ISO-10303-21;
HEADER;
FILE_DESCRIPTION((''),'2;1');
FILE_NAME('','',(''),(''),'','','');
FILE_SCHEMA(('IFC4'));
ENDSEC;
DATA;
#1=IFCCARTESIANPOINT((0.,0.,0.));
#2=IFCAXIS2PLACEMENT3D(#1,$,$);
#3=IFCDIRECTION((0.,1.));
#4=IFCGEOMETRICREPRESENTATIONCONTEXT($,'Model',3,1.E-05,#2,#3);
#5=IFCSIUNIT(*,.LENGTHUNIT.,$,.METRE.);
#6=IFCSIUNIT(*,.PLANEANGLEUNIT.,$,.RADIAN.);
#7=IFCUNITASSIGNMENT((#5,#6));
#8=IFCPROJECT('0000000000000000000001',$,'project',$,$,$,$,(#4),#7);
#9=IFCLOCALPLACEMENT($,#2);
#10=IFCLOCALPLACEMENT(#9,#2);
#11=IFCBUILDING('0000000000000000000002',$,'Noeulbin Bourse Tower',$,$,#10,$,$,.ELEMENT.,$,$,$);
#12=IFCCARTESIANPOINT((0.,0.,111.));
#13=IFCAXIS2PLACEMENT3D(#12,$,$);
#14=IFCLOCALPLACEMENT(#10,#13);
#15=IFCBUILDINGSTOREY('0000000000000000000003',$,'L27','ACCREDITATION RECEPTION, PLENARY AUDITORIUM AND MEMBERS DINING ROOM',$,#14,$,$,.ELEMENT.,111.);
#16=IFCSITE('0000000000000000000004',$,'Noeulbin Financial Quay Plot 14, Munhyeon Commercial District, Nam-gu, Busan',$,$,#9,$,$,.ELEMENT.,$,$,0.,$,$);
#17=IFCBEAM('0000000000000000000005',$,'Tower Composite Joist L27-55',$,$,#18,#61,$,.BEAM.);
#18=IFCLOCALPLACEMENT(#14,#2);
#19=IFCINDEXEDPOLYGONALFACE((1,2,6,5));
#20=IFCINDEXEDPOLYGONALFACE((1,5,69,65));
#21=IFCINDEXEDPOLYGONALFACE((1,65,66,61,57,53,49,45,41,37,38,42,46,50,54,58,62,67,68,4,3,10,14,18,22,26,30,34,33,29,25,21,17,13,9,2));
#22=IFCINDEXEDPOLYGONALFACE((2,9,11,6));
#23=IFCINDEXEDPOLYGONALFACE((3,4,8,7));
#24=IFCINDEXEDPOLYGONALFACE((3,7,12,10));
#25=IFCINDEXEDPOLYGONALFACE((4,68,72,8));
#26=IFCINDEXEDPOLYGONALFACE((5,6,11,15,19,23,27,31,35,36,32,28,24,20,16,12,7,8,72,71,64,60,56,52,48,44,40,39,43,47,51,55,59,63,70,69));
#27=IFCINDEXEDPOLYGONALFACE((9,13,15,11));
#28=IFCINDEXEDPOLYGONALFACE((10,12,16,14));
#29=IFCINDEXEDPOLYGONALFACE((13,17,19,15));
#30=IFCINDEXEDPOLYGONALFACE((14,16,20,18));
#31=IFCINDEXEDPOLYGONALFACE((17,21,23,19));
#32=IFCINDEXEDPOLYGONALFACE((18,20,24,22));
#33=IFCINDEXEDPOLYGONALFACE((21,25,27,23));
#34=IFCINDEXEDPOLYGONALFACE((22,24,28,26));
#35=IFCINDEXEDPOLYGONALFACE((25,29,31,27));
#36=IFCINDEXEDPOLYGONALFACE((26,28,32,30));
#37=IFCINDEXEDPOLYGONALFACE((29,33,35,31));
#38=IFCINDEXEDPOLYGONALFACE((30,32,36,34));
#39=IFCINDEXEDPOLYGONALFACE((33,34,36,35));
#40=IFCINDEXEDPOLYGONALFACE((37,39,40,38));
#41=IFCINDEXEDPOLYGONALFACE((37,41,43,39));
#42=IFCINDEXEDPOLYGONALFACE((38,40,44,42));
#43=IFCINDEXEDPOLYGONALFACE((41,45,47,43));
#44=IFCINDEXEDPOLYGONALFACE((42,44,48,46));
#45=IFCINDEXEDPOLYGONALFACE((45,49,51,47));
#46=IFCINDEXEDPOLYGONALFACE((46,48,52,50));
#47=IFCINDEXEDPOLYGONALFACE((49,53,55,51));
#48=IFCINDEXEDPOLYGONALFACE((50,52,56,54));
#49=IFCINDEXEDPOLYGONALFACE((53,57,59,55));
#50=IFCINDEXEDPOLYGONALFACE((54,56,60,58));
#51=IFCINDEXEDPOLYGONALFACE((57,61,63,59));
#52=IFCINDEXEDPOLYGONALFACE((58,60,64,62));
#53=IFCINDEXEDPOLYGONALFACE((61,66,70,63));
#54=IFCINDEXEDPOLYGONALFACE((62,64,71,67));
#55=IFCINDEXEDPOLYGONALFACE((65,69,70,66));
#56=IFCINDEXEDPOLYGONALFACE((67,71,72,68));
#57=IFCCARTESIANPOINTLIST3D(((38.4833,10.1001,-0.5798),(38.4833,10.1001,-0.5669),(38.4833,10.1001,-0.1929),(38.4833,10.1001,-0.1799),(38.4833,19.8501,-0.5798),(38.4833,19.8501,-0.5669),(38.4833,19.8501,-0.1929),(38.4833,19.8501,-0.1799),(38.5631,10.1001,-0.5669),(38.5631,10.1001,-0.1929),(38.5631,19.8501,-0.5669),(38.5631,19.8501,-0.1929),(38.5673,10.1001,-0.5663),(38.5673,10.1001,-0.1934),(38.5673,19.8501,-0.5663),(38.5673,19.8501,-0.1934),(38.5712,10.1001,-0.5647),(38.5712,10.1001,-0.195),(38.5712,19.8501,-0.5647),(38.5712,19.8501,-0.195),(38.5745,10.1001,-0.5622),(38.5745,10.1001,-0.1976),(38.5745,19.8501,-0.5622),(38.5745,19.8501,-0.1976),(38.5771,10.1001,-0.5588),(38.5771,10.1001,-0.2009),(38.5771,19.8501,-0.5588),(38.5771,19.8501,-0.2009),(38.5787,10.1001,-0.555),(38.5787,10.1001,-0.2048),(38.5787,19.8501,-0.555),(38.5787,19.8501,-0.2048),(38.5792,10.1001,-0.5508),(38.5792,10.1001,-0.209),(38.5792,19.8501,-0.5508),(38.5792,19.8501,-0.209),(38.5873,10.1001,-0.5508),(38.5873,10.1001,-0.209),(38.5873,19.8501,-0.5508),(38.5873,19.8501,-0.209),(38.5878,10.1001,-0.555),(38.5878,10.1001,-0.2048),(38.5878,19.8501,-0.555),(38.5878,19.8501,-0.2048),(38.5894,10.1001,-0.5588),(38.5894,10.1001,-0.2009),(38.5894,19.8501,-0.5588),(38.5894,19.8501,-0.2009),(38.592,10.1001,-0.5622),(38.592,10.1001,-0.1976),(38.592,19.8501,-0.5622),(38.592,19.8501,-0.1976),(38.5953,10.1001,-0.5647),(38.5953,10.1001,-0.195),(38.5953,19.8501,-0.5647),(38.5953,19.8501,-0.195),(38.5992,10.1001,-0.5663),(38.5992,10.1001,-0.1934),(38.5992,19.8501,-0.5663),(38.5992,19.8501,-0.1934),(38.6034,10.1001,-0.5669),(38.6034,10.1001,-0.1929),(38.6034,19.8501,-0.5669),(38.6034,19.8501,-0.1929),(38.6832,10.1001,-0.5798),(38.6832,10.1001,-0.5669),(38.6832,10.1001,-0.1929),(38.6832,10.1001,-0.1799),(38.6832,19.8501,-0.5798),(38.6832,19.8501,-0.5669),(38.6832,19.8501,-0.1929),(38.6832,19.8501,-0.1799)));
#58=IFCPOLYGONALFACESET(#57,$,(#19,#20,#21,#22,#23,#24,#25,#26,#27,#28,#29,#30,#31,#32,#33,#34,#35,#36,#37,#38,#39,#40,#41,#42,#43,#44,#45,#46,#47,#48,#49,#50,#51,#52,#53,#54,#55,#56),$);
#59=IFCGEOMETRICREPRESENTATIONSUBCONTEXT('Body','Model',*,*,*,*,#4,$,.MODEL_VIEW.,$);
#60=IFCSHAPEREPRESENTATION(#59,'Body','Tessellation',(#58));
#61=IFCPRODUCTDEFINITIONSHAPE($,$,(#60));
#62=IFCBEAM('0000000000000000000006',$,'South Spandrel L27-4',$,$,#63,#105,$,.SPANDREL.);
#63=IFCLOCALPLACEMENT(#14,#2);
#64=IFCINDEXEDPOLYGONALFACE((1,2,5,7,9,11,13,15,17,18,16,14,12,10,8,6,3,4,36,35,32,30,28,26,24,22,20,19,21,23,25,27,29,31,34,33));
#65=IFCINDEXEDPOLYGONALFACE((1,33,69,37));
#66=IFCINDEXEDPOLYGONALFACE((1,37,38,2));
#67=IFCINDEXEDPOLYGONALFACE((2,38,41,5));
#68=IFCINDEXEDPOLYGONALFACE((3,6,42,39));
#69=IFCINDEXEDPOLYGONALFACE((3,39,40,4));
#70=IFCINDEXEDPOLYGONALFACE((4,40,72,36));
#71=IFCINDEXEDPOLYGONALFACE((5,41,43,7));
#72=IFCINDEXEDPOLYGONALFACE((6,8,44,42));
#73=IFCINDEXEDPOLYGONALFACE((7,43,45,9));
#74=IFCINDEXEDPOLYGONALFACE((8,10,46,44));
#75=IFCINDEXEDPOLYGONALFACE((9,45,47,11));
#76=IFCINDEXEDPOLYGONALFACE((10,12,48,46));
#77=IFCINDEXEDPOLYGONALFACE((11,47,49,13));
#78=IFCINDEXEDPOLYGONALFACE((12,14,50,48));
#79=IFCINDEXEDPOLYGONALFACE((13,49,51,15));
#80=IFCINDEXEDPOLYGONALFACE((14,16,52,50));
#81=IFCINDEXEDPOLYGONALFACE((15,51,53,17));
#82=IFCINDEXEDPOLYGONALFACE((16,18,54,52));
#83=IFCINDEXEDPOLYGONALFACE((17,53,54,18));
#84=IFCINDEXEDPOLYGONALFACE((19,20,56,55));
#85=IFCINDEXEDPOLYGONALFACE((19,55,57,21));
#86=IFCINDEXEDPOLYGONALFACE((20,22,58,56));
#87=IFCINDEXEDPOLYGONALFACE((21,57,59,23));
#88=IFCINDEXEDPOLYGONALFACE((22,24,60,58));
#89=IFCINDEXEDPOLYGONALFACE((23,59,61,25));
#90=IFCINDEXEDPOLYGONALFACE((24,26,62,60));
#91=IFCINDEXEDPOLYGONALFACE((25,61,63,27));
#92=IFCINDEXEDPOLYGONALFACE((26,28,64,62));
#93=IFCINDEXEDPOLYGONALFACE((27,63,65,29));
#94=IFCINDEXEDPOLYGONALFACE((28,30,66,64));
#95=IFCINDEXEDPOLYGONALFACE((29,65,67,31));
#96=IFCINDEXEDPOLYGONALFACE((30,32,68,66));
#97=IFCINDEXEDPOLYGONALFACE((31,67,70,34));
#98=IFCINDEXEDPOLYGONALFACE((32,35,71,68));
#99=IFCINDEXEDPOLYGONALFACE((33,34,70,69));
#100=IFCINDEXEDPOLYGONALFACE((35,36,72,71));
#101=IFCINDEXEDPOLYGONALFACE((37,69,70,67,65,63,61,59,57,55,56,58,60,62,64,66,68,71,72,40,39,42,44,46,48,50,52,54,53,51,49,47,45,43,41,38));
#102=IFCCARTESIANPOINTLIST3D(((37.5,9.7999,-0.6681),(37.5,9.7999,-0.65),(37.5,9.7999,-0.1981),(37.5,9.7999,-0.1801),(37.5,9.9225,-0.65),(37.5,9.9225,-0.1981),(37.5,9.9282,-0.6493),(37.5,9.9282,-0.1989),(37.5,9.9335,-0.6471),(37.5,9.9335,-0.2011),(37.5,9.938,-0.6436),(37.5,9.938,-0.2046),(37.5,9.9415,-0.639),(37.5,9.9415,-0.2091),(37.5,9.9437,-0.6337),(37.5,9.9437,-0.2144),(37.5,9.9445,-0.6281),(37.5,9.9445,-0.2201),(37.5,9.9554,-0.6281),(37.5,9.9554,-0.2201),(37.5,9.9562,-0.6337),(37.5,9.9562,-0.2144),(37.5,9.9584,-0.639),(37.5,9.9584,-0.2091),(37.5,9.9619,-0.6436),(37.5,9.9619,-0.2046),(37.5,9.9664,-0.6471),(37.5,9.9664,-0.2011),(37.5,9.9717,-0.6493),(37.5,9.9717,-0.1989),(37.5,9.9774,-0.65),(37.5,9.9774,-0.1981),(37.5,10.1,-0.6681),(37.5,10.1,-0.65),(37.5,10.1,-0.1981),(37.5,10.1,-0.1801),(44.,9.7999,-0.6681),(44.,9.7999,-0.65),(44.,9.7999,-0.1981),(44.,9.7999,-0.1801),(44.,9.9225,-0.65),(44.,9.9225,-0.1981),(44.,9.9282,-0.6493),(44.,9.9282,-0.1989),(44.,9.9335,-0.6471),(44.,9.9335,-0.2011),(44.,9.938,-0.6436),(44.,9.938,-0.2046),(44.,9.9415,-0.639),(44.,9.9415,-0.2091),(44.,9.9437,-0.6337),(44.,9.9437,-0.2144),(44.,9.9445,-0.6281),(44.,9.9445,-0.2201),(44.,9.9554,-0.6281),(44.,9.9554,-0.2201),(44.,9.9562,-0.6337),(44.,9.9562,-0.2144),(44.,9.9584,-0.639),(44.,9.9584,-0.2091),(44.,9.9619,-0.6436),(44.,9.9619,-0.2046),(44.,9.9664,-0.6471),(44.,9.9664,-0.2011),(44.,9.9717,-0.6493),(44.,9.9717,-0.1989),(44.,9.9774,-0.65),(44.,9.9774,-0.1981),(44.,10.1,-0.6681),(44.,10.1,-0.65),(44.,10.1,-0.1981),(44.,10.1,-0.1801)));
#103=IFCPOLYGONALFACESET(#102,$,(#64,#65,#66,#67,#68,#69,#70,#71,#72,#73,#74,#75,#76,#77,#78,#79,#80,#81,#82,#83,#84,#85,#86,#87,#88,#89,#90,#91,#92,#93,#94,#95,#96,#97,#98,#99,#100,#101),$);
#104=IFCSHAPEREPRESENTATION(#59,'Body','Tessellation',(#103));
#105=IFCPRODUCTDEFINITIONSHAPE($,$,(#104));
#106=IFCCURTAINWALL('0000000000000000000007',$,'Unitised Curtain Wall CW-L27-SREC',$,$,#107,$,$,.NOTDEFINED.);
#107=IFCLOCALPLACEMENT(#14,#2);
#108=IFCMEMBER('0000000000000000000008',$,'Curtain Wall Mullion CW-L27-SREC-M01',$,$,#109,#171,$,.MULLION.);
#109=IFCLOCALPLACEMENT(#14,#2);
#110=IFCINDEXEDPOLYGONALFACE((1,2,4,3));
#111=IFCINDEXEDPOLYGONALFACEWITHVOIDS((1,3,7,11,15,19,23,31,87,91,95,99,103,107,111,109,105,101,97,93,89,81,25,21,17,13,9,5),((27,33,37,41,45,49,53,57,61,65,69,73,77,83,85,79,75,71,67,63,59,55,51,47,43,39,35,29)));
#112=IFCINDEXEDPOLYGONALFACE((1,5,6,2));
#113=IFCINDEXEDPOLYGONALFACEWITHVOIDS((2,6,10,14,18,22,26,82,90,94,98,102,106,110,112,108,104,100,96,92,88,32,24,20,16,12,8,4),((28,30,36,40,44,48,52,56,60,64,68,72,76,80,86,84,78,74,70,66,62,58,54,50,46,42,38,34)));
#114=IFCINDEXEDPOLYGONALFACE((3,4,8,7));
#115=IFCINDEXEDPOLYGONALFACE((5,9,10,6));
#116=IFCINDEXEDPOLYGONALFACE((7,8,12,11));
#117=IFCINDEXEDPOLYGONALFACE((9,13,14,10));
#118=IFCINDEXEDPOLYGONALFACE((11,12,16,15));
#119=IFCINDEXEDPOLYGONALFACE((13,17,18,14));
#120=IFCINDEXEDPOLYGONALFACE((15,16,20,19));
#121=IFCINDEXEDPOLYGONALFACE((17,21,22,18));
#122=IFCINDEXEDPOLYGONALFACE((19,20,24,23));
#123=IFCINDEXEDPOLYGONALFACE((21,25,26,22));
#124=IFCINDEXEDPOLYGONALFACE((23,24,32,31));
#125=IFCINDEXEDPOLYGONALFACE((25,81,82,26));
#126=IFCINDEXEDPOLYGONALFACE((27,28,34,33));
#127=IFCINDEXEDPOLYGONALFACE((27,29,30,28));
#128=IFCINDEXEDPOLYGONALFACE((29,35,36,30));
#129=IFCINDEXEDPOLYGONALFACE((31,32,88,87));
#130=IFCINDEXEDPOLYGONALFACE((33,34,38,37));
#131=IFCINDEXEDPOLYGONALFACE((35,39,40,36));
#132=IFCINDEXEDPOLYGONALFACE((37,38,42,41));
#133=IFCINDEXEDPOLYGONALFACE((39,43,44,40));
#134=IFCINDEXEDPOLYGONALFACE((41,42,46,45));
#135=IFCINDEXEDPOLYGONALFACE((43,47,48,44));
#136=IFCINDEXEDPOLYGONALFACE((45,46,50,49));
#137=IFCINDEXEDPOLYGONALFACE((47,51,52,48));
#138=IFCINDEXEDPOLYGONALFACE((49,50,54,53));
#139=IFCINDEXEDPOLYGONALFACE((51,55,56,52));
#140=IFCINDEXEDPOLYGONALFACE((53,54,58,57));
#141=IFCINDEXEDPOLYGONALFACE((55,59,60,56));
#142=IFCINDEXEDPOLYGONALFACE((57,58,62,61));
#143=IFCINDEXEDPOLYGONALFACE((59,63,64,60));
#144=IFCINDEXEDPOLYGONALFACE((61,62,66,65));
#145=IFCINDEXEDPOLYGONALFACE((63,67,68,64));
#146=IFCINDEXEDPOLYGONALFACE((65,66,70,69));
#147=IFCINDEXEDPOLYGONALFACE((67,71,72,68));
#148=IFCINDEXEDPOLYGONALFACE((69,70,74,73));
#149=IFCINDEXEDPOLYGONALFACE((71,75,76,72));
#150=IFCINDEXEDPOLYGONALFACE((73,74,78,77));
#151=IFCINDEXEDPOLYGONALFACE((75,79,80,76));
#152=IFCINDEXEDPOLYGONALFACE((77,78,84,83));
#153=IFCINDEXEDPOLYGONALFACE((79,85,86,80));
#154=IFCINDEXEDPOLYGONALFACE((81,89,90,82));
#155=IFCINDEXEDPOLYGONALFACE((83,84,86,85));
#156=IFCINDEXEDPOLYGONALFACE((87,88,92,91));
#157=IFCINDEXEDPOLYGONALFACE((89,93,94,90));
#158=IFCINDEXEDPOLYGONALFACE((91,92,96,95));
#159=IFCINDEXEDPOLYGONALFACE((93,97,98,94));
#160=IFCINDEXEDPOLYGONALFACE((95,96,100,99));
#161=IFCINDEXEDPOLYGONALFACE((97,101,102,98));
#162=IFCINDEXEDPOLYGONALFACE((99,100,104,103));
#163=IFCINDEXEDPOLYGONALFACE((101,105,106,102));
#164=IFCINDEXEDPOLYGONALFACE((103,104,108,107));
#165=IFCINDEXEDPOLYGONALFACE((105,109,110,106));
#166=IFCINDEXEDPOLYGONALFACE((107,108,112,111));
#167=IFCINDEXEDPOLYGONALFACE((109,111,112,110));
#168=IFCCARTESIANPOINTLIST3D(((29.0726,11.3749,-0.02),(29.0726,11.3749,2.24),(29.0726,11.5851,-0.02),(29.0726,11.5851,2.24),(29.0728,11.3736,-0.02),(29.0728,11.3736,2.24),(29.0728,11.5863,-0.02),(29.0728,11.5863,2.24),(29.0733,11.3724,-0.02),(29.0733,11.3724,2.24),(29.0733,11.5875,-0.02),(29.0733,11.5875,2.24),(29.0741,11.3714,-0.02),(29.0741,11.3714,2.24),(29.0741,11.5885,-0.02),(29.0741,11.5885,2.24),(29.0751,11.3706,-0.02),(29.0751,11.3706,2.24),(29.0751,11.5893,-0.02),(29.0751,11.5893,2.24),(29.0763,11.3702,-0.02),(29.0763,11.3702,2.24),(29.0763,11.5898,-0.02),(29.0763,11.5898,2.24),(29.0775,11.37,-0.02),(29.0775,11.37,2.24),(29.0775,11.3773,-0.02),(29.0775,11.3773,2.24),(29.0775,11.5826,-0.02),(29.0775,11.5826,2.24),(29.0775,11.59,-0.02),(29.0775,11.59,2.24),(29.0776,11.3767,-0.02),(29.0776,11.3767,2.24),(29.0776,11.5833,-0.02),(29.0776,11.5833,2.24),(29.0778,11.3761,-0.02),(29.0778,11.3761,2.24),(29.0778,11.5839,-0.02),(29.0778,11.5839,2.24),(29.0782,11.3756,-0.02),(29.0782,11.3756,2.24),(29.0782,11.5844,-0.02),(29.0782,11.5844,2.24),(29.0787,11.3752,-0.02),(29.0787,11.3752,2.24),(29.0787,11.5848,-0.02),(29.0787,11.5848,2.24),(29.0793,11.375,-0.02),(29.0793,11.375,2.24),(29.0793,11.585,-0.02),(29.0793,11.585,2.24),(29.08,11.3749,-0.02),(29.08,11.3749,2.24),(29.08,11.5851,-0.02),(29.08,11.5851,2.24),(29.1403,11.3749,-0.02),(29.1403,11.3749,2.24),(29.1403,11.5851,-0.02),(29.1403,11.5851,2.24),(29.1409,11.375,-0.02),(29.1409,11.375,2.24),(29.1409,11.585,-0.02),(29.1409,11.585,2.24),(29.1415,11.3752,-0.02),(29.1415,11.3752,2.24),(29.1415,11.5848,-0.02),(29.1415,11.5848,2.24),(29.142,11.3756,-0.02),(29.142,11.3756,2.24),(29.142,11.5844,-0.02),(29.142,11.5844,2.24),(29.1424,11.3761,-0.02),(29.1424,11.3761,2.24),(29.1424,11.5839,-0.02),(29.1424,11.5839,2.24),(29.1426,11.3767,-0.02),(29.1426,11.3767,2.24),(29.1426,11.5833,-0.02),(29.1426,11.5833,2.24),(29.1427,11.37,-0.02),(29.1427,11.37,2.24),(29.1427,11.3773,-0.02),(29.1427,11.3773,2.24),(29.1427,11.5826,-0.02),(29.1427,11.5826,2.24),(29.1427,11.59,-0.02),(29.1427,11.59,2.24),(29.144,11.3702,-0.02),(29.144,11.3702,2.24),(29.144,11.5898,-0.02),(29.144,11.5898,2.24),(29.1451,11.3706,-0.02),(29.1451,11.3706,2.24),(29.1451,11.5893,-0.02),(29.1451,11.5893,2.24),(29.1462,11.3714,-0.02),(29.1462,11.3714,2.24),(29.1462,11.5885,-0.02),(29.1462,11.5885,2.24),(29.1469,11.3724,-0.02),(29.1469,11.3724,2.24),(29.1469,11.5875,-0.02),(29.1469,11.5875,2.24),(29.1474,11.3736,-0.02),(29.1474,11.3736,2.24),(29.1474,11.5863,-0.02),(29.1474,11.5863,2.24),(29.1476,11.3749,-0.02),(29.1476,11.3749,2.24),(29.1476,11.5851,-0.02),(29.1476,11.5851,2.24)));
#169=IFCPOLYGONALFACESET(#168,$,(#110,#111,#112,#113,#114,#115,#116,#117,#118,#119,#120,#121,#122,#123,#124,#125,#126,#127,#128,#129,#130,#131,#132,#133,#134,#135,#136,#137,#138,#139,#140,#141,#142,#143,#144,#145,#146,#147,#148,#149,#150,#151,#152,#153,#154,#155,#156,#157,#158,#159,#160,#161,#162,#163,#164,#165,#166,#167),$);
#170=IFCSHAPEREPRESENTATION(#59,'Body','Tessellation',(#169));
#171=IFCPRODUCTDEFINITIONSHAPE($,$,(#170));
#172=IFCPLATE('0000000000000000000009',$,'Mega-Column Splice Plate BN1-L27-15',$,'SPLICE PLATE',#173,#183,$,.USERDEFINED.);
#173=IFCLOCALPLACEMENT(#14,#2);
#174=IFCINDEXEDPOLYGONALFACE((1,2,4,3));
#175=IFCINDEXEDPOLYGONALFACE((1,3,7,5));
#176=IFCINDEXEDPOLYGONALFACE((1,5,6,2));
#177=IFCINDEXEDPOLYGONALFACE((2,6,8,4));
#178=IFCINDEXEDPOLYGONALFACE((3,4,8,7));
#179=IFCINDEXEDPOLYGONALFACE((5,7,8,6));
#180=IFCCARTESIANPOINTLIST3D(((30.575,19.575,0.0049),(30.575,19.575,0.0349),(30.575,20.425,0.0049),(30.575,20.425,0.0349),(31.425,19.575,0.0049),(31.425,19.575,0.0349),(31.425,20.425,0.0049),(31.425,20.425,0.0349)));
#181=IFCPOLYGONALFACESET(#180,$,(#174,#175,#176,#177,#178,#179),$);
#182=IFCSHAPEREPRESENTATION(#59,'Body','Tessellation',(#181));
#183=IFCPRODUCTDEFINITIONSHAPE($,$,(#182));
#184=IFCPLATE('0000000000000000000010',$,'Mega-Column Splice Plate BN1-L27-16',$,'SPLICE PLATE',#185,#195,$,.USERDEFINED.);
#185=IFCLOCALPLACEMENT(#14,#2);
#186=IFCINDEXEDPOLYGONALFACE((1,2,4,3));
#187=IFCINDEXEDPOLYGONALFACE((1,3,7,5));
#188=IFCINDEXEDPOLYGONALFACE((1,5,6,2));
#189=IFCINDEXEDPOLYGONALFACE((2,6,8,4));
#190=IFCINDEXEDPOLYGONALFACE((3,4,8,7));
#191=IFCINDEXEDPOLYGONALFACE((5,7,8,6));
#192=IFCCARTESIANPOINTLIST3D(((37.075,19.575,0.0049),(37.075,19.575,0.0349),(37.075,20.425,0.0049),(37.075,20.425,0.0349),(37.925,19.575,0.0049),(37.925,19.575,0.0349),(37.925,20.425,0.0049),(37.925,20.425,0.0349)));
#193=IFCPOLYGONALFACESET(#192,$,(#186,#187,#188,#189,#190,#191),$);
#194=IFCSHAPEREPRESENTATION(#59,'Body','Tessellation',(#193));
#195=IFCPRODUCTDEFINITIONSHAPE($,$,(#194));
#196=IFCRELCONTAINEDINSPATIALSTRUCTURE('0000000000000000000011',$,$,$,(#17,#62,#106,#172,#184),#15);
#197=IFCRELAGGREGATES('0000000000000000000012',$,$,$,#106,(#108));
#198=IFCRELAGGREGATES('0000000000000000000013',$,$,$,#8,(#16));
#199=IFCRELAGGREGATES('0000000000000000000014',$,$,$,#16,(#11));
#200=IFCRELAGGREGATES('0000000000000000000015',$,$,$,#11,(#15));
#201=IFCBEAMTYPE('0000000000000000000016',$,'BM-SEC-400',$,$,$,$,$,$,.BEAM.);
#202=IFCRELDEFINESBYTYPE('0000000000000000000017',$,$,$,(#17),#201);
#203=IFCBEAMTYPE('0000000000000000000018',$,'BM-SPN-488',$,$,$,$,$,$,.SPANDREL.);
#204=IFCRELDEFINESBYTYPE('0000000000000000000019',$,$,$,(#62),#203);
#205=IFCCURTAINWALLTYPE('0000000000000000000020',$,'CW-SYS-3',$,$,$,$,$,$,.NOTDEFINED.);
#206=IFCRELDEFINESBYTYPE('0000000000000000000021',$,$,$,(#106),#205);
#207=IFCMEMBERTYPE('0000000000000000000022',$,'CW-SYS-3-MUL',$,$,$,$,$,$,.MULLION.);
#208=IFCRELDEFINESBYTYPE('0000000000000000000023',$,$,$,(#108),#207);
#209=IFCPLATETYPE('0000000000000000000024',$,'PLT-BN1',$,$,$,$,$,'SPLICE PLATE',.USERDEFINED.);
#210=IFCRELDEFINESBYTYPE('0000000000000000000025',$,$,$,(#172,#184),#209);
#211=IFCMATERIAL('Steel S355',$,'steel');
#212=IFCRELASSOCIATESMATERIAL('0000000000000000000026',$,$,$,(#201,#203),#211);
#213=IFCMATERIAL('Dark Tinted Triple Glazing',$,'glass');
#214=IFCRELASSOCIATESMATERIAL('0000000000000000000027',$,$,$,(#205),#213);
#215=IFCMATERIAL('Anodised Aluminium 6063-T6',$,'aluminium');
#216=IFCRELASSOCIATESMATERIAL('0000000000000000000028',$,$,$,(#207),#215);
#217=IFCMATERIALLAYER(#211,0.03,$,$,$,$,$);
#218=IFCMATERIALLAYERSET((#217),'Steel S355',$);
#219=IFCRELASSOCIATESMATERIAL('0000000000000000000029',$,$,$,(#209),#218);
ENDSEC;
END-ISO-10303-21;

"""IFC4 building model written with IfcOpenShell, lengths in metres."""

from ifc_helpers import new_model, si_unit, direction, frame, origin, origin_2d, place, context, subcontext, project, spatial, rectangle, hollow_rectangle, i_section, extrude, material, layer, layer_set, material_profile, profile_set, type_object, element, aggregate, save


model = new_model("IFC4")

# Units and contexts
model_context = context("Model", 3, precision=1e-05, world=origin(), true_north=direction((0.0, 1.0)))
body_context = subcontext(model_context, "Body", "Model", "MODEL_VIEW")
ifc_project = project(units=[si_unit("LENGTHUNIT", "METRE"), si_unit("PLANEANGLEUNIT", "RADIAN")], contexts=[model_context])

# Site, building, storey
site_placement = place(None, origin())
site = spatial("IfcSite", under=ifc_project, at=site_placement, Name="Noeulbin Financial Quay Plot 14, Munhyeon Commercial District, Nam-gu, Busan", CompositionType="ELEMENT", RefElevation=0.0)
building_placement = place(site_placement, origin())
building = spatial("IfcBuilding", under=site, at=building_placement, Name="Noeulbin Bourse Tower", CompositionType="ELEMENT")
storey_placement = place(building_placement, frame((0.0, 0.0, 111.0)))
storey = spatial("IfcBuildingStorey", under=building, at=storey_placement, Name="L27", Description="ACCREDITATION RECEPTION, PLENARY AUDITORIUM AND MEMBERS DINING ROOM", CompositionType="ELEMENT", Elevation=111.0)

# Beams
ifc_material_1 = material(Name="Steel S355", Category="steel")
ifc_material_profile_1 = material_profile(ifc_material_1, i_section(OverallWidth=0.2, OverallDepth=0.3999, WebThickness=0.0081, FlangeThickness=0.0129, FilletRadius=0.0161, at=origin_2d()), Name="H-400x200x8x13", Category="LoadBearing")
ifc_profile_set_1 = profile_set([ifc_material_profile_1], Name="Steel S355")
beam_type_1 = type_object("IfcBeamType", Name="BM-SEC-400", PredefinedType="BEAM", material=ifc_profile_set_1)
beam_1_placement = place(storey_placement, frame((38.5833, 10.1001, -0.3799), z_axis=(0.0, 1.0, 0.0), x_axis=(-1.0, 0.0, 0.0)))
element("IfcBeam", 1, at=beam_1_placement, inside=storey, type_object=beam_type_1, Name="Tower Composite Joist L27-55", PredefinedType="BEAM", context=body_context, shape_type="SweptSolid", body=[
    extrude(i_section(OverallWidth=0.2, OverallDepth=0.3999, WebThickness=0.0081, FlangeThickness=0.0129, FilletRadius=0.0161, at=origin_2d()), origin(), (0.0, 0.0, 1.0), 9.75),
])
ifc_material_profile_2 = material_profile(ifc_material_1, i_section(OverallWidth=0.3, OverallDepth=0.488, WebThickness=0.011, FlangeThickness=0.0181, FilletRadius=0.022, at=origin_2d()), Name="H-488x300x11x18", Category="LoadBearing")
ifc_profile_set_2 = profile_set([ifc_material_profile_2], Name="Steel S355")
beam_type_2 = type_object("IfcBeamType", Name="BM-SPN-488", PredefinedType="SPANDREL", material=ifc_profile_set_2)
beam_2_placement = place(storey_placement, frame((37.5, 9.95, -0.4241), z_axis=(1.0, 0.0, 0.0), x_axis=(0.0, 1.0, 0.0)))
element("IfcBeam", 2, at=beam_2_placement, inside=storey, type_object=beam_type_2, Name="South Spandrel L27-4", PredefinedType="SPANDREL", context=body_context, shape_type="SweptSolid", body=[
    extrude(i_section(OverallWidth=0.3, OverallDepth=0.488, WebThickness=0.011, FlangeThickness=0.0181, FilletRadius=0.022, at=origin_2d()), origin(), (0.0, 0.0, 1.0), 6.5),
])

# Curtain wall, member
ifc_material_2 = material(Name="Dark Tinted Triple Glazing", Category="glass")
curtain_wall_type = type_object("IfcCurtainWallType", Name="CW-SYS-3", PredefinedType="NOTDEFINED", material=ifc_material_2)
curtain_wall_placement = place(storey_placement, origin())
curtain_wall = element("IfcCurtainWall", 3, at=curtain_wall_placement, inside=storey, type_object=curtain_wall_type, Name="Unitised Curtain Wall CW-L27-SREC", PredefinedType="NOTDEFINED")
ifc_material_3 = material(Name="Anodised Aluminium 6063-T6", Category="aluminium")
ifc_material_profile_3 = material_profile(ifc_material_3, hollow_rectangle(XDim=0.075, YDim=0.22, WallThickness=0.0049, InnerFilletRadius=0.0024, OuterFilletRadius=0.0049, at=origin_2d()), Name="ALU-MULL-75x220x5", Category="LoadBearing")
ifc_profile_set_3 = profile_set([ifc_material_profile_3], Name="Anodised Aluminium 6063-T6")
member_type = type_object("IfcMemberType", Name="CW-SYS-3-MUL", PredefinedType="MULLION", material=ifc_profile_set_3)
member_placement = place(storey_placement, frame((29.1101, 11.48, -0.02), z_axis=(0.0, 0.0, 1.0), x_axis=(1.0, 0.0, 0.0)))
member = element("IfcMember", 4, at=member_placement, type_object=member_type, Name="Curtain Wall Mullion CW-L27-SREC-M01", PredefinedType="MULLION", context=body_context, shape_type="SweptSolid", body=[
    extrude(hollow_rectangle(XDim=0.075, YDim=0.22, WallThickness=0.0049, InnerFilletRadius=0.0024, OuterFilletRadius=0.0049, at=origin_2d()), origin(), (0.0, 0.0, 1.0), 2.26),
])
aggregate(curtain_wall, [member])

# Plates
ifc_layer_1 = layer(ifc_material_1, 0.03)
ifc_layer_set_1 = layer_set([ifc_layer_1], Name="Steel S355")
plate_type = type_object("IfcPlateType", Name="PLT-BN1", ElementType="SPLICE PLATE", PredefinedType="USERDEFINED", material=ifc_layer_set_1)
for number, where, z_axis, x_axis, name in (
    (5, (31.0, 20.0, 0.0049), (0.0, 0.0, 1.0), (1.0, 0.0, 0.0), "Mega-Column Splice Plate BN1-L27-15"),
    (6, (37.5, 20.0, 0.0049), (0.0, 0.0, 1.0), (1.0, 0.0, 0.0), "Mega-Column Splice Plate BN1-L27-16"),
):
    element("IfcPlate", number, at=place(storey_placement, frame(where, z_axis=z_axis, x_axis=x_axis)), inside=storey, type_object=plate_type, Name=name, ObjectType="SPLICE PLATE", PredefinedType="USERDEFINED", context=body_context, shape_type="SweptSolid", body=[
        extrude(rectangle(XDim=0.8501, YDim=0.8501, at=origin_2d()), origin(), (0.0, 0.0, 1.0), 0.03),
    ])

save(model, "model.ifc")
